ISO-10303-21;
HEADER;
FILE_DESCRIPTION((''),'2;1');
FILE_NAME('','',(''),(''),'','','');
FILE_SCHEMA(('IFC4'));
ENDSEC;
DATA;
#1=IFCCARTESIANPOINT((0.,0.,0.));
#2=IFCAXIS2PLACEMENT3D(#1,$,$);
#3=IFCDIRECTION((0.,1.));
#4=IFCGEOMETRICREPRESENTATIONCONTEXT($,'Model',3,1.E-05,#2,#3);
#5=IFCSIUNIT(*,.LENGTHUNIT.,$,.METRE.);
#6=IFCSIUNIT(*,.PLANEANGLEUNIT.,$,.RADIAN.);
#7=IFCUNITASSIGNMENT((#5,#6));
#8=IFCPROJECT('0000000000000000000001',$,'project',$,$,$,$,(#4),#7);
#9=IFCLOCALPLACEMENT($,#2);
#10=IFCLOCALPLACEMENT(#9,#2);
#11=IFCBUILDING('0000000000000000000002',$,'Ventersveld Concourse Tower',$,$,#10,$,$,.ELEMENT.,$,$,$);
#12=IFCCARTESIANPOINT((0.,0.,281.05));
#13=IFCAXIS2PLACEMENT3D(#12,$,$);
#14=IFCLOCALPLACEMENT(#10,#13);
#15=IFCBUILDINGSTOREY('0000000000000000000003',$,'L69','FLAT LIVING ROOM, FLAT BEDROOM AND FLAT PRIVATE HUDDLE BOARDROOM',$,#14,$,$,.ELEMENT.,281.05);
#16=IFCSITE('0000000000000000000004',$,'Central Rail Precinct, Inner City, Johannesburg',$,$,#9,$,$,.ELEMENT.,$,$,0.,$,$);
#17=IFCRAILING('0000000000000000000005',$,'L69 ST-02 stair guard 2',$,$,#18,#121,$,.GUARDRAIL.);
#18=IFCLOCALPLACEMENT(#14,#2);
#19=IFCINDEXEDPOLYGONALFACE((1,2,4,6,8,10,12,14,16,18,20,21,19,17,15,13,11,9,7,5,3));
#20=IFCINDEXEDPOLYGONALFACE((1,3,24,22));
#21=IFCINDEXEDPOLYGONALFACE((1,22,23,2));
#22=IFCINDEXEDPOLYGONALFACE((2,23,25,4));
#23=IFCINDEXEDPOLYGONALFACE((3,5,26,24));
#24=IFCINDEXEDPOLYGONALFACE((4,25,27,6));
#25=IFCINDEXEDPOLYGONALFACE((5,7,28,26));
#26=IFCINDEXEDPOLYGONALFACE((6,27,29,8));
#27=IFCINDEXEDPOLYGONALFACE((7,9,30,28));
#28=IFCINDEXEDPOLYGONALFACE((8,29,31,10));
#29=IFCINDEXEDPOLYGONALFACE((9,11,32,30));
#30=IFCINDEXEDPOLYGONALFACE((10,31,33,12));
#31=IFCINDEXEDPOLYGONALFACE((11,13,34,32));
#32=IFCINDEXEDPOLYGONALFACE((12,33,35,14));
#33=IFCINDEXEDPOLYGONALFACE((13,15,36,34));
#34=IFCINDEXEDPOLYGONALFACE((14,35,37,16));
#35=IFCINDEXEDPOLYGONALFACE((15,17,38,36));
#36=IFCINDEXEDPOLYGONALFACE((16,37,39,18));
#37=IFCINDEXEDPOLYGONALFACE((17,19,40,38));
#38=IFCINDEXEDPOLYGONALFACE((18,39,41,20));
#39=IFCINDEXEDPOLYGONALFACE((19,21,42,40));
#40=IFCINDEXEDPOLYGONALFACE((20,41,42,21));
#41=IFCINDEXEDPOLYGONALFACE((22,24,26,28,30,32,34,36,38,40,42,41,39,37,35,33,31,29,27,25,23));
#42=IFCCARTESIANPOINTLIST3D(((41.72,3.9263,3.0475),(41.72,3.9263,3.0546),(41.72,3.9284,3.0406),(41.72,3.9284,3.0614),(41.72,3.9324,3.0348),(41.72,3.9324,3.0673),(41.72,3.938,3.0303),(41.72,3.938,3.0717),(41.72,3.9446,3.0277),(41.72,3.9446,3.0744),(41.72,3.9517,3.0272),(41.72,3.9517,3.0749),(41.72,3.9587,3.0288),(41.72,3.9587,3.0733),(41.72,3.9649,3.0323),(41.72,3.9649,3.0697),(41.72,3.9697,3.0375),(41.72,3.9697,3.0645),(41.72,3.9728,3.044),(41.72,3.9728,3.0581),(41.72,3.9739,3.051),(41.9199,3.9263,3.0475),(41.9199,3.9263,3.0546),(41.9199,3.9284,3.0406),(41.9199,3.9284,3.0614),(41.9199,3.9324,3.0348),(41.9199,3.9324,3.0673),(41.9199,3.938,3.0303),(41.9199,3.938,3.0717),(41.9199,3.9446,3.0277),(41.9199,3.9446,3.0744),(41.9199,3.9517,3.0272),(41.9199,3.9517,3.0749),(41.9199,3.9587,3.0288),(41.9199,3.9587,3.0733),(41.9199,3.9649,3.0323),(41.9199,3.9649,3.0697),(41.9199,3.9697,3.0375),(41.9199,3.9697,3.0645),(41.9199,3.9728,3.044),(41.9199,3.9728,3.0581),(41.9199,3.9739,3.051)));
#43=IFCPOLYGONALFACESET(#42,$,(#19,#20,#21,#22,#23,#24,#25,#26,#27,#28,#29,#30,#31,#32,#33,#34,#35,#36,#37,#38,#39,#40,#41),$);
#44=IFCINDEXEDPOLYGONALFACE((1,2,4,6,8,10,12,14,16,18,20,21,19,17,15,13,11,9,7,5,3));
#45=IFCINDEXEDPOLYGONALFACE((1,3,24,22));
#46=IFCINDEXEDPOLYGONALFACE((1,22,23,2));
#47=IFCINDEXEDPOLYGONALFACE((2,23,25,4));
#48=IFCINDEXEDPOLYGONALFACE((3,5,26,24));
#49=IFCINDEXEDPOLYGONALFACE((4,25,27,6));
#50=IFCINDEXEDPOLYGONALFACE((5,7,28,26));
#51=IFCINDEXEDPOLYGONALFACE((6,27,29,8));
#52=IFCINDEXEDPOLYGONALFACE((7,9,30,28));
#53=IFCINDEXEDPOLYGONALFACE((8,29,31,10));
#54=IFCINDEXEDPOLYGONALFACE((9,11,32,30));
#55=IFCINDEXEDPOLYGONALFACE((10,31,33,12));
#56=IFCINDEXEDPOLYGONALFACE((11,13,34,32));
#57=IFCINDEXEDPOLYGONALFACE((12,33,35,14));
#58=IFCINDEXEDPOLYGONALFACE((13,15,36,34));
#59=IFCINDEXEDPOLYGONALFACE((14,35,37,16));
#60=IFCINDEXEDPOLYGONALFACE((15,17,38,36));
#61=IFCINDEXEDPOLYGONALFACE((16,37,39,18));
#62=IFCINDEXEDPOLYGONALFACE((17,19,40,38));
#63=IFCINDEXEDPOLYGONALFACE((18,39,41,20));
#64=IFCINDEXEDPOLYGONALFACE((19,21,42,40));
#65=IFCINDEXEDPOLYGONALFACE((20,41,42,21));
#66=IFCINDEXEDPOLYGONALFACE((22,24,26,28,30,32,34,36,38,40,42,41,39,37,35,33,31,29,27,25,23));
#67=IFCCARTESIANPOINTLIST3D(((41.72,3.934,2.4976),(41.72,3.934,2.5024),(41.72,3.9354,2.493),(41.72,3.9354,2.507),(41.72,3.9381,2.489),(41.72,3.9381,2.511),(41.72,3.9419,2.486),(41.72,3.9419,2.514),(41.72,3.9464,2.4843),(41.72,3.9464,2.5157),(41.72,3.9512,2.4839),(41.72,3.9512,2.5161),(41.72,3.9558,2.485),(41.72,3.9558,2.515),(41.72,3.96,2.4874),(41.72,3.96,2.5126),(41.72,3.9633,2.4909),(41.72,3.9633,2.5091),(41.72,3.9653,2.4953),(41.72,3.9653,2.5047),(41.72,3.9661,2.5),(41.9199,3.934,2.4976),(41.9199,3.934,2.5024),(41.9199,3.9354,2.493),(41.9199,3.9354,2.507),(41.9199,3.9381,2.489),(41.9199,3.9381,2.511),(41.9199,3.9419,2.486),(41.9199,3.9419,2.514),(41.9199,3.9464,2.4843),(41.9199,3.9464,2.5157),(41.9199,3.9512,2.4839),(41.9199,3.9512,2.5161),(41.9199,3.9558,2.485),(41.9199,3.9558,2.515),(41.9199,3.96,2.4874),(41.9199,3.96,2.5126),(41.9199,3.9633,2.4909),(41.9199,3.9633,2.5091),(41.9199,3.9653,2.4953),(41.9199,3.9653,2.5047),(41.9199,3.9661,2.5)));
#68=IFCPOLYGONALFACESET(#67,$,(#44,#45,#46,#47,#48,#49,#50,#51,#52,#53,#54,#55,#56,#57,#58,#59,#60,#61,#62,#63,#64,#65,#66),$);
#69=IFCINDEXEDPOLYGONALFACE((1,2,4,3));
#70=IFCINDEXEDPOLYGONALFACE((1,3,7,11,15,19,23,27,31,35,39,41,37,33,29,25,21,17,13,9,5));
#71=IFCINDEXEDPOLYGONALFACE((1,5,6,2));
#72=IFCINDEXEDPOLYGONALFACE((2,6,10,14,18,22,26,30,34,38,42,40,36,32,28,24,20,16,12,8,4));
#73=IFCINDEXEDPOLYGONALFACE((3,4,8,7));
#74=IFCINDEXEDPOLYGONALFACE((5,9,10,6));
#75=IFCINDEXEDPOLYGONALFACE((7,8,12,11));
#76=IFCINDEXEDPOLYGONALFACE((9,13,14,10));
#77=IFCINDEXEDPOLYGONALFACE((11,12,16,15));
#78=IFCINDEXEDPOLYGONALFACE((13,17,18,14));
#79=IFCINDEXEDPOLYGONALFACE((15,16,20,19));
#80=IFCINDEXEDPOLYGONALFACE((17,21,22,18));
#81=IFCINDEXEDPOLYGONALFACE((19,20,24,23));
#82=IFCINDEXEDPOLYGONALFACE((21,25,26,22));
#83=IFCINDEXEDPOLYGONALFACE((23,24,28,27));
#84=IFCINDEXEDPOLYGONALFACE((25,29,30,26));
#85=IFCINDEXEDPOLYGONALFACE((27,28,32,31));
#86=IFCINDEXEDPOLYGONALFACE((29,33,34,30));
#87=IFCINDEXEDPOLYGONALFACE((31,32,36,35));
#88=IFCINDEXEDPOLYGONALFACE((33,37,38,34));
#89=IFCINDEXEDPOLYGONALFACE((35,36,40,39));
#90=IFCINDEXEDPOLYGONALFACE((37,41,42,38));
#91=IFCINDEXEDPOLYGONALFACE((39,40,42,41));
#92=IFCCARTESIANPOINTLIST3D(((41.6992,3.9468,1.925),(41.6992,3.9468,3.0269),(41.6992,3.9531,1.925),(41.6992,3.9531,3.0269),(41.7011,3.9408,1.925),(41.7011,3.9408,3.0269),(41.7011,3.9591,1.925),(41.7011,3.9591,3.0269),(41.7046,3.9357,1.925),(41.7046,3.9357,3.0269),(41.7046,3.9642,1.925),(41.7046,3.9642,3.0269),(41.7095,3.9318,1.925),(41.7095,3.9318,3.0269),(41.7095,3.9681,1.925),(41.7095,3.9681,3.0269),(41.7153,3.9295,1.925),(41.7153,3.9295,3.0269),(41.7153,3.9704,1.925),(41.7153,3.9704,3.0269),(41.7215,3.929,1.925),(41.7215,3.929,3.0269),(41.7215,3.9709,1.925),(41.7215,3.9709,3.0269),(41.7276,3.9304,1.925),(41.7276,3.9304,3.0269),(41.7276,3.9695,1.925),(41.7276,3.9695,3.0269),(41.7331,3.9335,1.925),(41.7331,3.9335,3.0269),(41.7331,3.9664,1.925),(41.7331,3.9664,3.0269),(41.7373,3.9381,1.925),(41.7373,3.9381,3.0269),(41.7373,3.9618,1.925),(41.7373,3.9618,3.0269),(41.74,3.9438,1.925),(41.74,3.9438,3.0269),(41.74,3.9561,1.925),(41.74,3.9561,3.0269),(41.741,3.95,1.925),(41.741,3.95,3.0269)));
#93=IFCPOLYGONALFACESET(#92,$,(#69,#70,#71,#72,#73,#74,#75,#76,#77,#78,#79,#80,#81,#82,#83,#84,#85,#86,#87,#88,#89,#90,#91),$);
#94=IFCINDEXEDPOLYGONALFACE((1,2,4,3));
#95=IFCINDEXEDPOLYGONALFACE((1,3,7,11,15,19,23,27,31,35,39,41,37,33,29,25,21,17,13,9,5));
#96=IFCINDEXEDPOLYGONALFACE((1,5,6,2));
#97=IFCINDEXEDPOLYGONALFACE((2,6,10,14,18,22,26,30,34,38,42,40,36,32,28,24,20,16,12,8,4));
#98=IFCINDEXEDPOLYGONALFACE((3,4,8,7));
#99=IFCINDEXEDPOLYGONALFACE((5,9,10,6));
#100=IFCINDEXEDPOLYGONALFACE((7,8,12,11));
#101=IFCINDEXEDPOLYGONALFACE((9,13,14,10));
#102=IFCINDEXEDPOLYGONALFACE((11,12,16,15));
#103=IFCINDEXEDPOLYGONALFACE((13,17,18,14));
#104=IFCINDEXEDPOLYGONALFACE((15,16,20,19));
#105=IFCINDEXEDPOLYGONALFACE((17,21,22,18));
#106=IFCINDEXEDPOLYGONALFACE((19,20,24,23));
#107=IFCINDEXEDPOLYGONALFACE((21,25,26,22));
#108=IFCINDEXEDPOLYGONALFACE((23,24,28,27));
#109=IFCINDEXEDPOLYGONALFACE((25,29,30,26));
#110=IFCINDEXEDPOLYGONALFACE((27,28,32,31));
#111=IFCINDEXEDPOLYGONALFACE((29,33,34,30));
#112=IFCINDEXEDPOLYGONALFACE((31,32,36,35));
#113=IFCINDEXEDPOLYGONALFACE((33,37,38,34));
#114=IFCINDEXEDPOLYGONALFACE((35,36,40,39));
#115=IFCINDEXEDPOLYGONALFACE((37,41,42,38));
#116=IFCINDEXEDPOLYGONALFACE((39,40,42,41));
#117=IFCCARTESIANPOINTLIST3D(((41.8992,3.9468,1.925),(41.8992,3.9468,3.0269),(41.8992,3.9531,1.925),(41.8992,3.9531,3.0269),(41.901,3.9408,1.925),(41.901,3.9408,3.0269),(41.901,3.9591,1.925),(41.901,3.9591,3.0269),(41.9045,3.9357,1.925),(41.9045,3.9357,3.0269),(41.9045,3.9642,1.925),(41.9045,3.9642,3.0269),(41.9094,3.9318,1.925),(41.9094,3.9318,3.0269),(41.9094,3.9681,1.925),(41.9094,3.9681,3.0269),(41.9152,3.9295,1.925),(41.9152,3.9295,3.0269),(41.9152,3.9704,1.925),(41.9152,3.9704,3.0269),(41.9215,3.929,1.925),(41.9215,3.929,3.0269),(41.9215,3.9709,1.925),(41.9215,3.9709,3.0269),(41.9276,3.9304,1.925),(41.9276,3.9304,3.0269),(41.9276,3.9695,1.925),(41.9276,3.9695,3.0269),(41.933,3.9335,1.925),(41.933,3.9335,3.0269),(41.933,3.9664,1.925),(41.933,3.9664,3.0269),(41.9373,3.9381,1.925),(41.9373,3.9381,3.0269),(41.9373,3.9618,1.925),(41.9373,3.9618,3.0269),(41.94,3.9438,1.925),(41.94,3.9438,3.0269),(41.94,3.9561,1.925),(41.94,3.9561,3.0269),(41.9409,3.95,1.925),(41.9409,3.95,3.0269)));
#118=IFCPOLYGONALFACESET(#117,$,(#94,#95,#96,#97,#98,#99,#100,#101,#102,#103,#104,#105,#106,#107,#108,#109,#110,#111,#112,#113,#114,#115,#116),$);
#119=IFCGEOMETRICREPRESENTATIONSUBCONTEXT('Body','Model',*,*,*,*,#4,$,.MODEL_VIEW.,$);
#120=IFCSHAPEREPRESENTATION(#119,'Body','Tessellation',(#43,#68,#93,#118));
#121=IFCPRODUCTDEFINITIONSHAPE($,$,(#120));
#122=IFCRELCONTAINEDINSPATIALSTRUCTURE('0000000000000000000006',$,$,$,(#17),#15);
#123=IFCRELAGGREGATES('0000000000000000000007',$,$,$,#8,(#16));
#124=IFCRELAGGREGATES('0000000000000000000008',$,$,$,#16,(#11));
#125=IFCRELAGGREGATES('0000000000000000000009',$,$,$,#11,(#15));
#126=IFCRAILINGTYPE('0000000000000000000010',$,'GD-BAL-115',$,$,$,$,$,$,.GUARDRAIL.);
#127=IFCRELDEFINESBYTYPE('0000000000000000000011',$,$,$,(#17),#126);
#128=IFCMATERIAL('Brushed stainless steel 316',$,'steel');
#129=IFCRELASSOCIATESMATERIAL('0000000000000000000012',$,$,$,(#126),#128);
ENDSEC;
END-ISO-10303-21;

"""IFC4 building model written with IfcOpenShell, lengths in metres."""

from ifc_helpers import new_model, si_unit, direction, frame, origin, origin_2d, place, context, subcontext, project, spatial, circle, extrude, material, type_object, element, save


model = new_model("IFC4")

# Units and contexts
model_context = context("Model", 3, precision=1e-05, world=origin(), true_north=direction((0.0, 1.0)))
body_context = subcontext(model_context, "Body", "Model", "MODEL_VIEW")
ifc_project = project(units=[si_unit("LENGTHUNIT", "METRE"), si_unit("PLANEANGLEUNIT", "RADIAN")], contexts=[model_context])

# Site, building, storey
site_placement = place(None, origin())
site = spatial("IfcSite", under=ifc_project, at=site_placement, Name="Central Rail Precinct, Inner City, Johannesburg", CompositionType="ELEMENT", RefElevation=0.0)
building_placement = place(site_placement, origin())
building = spatial("IfcBuilding", under=site, at=building_placement, Name="Ventersveld Concourse Tower", CompositionType="ELEMENT")
storey_placement = place(building_placement, frame((0.0, 0.0, 281.05)))
storey = spatial("IfcBuildingStorey", under=building, at=storey_placement, Name="L69", Description="FLAT LIVING ROOM, FLAT BEDROOM AND FLAT PRIVATE HUDDLE BOARDROOM", CompositionType="ELEMENT", Elevation=281.05)

# Shared definitions
ifc_material_1 = material(Name="Brushed stainless steel 316", Category="steel")

# Railing
railing_type_1 = type_object("IfcRailingType", Name="GD-BAL-115", PredefinedType="GUARDRAIL", material=ifc_material_1)
railing_1_placement = place(storey_placement, frame((41.72, 3.95, 1.925)))
element("IfcRailing", 1, at=railing_1_placement, inside=storey, type_object=railing_type_1, Name="L69 ST-02 stair guard 2", PredefinedType="GUARDRAIL", context=body_context, shape_type="SweptSolid", body=[
    extrude(circle(Radius=0.0239, at=origin_2d()), frame((0.0, 0.0, 1.126), z_axis=(1.0, 0.0, 0.0), x_axis=(0.0, 1.0, 0.0)), (0.0, 0.0, 1.0), 0.2),
    extrude(circle(Radius=0.0161, at=origin_2d()), frame((0.0, 0.0, 0.575), z_axis=(1.0, 0.0, 0.0), x_axis=(0.0, 1.0, 0.0)), (0.0, 0.0, 1.0), 0.2),
    extrude(circle(Radius=0.021, at=origin_2d()), origin(), (0.0, 0.0, 1.0), 1.1018),
    extrude(circle(Radius=0.021, at=origin_2d()), frame((0.2, 0.0, 0.0)), (0.0, 0.0, 1.0), 1.1018),
])

save(model, "model.ifc")
